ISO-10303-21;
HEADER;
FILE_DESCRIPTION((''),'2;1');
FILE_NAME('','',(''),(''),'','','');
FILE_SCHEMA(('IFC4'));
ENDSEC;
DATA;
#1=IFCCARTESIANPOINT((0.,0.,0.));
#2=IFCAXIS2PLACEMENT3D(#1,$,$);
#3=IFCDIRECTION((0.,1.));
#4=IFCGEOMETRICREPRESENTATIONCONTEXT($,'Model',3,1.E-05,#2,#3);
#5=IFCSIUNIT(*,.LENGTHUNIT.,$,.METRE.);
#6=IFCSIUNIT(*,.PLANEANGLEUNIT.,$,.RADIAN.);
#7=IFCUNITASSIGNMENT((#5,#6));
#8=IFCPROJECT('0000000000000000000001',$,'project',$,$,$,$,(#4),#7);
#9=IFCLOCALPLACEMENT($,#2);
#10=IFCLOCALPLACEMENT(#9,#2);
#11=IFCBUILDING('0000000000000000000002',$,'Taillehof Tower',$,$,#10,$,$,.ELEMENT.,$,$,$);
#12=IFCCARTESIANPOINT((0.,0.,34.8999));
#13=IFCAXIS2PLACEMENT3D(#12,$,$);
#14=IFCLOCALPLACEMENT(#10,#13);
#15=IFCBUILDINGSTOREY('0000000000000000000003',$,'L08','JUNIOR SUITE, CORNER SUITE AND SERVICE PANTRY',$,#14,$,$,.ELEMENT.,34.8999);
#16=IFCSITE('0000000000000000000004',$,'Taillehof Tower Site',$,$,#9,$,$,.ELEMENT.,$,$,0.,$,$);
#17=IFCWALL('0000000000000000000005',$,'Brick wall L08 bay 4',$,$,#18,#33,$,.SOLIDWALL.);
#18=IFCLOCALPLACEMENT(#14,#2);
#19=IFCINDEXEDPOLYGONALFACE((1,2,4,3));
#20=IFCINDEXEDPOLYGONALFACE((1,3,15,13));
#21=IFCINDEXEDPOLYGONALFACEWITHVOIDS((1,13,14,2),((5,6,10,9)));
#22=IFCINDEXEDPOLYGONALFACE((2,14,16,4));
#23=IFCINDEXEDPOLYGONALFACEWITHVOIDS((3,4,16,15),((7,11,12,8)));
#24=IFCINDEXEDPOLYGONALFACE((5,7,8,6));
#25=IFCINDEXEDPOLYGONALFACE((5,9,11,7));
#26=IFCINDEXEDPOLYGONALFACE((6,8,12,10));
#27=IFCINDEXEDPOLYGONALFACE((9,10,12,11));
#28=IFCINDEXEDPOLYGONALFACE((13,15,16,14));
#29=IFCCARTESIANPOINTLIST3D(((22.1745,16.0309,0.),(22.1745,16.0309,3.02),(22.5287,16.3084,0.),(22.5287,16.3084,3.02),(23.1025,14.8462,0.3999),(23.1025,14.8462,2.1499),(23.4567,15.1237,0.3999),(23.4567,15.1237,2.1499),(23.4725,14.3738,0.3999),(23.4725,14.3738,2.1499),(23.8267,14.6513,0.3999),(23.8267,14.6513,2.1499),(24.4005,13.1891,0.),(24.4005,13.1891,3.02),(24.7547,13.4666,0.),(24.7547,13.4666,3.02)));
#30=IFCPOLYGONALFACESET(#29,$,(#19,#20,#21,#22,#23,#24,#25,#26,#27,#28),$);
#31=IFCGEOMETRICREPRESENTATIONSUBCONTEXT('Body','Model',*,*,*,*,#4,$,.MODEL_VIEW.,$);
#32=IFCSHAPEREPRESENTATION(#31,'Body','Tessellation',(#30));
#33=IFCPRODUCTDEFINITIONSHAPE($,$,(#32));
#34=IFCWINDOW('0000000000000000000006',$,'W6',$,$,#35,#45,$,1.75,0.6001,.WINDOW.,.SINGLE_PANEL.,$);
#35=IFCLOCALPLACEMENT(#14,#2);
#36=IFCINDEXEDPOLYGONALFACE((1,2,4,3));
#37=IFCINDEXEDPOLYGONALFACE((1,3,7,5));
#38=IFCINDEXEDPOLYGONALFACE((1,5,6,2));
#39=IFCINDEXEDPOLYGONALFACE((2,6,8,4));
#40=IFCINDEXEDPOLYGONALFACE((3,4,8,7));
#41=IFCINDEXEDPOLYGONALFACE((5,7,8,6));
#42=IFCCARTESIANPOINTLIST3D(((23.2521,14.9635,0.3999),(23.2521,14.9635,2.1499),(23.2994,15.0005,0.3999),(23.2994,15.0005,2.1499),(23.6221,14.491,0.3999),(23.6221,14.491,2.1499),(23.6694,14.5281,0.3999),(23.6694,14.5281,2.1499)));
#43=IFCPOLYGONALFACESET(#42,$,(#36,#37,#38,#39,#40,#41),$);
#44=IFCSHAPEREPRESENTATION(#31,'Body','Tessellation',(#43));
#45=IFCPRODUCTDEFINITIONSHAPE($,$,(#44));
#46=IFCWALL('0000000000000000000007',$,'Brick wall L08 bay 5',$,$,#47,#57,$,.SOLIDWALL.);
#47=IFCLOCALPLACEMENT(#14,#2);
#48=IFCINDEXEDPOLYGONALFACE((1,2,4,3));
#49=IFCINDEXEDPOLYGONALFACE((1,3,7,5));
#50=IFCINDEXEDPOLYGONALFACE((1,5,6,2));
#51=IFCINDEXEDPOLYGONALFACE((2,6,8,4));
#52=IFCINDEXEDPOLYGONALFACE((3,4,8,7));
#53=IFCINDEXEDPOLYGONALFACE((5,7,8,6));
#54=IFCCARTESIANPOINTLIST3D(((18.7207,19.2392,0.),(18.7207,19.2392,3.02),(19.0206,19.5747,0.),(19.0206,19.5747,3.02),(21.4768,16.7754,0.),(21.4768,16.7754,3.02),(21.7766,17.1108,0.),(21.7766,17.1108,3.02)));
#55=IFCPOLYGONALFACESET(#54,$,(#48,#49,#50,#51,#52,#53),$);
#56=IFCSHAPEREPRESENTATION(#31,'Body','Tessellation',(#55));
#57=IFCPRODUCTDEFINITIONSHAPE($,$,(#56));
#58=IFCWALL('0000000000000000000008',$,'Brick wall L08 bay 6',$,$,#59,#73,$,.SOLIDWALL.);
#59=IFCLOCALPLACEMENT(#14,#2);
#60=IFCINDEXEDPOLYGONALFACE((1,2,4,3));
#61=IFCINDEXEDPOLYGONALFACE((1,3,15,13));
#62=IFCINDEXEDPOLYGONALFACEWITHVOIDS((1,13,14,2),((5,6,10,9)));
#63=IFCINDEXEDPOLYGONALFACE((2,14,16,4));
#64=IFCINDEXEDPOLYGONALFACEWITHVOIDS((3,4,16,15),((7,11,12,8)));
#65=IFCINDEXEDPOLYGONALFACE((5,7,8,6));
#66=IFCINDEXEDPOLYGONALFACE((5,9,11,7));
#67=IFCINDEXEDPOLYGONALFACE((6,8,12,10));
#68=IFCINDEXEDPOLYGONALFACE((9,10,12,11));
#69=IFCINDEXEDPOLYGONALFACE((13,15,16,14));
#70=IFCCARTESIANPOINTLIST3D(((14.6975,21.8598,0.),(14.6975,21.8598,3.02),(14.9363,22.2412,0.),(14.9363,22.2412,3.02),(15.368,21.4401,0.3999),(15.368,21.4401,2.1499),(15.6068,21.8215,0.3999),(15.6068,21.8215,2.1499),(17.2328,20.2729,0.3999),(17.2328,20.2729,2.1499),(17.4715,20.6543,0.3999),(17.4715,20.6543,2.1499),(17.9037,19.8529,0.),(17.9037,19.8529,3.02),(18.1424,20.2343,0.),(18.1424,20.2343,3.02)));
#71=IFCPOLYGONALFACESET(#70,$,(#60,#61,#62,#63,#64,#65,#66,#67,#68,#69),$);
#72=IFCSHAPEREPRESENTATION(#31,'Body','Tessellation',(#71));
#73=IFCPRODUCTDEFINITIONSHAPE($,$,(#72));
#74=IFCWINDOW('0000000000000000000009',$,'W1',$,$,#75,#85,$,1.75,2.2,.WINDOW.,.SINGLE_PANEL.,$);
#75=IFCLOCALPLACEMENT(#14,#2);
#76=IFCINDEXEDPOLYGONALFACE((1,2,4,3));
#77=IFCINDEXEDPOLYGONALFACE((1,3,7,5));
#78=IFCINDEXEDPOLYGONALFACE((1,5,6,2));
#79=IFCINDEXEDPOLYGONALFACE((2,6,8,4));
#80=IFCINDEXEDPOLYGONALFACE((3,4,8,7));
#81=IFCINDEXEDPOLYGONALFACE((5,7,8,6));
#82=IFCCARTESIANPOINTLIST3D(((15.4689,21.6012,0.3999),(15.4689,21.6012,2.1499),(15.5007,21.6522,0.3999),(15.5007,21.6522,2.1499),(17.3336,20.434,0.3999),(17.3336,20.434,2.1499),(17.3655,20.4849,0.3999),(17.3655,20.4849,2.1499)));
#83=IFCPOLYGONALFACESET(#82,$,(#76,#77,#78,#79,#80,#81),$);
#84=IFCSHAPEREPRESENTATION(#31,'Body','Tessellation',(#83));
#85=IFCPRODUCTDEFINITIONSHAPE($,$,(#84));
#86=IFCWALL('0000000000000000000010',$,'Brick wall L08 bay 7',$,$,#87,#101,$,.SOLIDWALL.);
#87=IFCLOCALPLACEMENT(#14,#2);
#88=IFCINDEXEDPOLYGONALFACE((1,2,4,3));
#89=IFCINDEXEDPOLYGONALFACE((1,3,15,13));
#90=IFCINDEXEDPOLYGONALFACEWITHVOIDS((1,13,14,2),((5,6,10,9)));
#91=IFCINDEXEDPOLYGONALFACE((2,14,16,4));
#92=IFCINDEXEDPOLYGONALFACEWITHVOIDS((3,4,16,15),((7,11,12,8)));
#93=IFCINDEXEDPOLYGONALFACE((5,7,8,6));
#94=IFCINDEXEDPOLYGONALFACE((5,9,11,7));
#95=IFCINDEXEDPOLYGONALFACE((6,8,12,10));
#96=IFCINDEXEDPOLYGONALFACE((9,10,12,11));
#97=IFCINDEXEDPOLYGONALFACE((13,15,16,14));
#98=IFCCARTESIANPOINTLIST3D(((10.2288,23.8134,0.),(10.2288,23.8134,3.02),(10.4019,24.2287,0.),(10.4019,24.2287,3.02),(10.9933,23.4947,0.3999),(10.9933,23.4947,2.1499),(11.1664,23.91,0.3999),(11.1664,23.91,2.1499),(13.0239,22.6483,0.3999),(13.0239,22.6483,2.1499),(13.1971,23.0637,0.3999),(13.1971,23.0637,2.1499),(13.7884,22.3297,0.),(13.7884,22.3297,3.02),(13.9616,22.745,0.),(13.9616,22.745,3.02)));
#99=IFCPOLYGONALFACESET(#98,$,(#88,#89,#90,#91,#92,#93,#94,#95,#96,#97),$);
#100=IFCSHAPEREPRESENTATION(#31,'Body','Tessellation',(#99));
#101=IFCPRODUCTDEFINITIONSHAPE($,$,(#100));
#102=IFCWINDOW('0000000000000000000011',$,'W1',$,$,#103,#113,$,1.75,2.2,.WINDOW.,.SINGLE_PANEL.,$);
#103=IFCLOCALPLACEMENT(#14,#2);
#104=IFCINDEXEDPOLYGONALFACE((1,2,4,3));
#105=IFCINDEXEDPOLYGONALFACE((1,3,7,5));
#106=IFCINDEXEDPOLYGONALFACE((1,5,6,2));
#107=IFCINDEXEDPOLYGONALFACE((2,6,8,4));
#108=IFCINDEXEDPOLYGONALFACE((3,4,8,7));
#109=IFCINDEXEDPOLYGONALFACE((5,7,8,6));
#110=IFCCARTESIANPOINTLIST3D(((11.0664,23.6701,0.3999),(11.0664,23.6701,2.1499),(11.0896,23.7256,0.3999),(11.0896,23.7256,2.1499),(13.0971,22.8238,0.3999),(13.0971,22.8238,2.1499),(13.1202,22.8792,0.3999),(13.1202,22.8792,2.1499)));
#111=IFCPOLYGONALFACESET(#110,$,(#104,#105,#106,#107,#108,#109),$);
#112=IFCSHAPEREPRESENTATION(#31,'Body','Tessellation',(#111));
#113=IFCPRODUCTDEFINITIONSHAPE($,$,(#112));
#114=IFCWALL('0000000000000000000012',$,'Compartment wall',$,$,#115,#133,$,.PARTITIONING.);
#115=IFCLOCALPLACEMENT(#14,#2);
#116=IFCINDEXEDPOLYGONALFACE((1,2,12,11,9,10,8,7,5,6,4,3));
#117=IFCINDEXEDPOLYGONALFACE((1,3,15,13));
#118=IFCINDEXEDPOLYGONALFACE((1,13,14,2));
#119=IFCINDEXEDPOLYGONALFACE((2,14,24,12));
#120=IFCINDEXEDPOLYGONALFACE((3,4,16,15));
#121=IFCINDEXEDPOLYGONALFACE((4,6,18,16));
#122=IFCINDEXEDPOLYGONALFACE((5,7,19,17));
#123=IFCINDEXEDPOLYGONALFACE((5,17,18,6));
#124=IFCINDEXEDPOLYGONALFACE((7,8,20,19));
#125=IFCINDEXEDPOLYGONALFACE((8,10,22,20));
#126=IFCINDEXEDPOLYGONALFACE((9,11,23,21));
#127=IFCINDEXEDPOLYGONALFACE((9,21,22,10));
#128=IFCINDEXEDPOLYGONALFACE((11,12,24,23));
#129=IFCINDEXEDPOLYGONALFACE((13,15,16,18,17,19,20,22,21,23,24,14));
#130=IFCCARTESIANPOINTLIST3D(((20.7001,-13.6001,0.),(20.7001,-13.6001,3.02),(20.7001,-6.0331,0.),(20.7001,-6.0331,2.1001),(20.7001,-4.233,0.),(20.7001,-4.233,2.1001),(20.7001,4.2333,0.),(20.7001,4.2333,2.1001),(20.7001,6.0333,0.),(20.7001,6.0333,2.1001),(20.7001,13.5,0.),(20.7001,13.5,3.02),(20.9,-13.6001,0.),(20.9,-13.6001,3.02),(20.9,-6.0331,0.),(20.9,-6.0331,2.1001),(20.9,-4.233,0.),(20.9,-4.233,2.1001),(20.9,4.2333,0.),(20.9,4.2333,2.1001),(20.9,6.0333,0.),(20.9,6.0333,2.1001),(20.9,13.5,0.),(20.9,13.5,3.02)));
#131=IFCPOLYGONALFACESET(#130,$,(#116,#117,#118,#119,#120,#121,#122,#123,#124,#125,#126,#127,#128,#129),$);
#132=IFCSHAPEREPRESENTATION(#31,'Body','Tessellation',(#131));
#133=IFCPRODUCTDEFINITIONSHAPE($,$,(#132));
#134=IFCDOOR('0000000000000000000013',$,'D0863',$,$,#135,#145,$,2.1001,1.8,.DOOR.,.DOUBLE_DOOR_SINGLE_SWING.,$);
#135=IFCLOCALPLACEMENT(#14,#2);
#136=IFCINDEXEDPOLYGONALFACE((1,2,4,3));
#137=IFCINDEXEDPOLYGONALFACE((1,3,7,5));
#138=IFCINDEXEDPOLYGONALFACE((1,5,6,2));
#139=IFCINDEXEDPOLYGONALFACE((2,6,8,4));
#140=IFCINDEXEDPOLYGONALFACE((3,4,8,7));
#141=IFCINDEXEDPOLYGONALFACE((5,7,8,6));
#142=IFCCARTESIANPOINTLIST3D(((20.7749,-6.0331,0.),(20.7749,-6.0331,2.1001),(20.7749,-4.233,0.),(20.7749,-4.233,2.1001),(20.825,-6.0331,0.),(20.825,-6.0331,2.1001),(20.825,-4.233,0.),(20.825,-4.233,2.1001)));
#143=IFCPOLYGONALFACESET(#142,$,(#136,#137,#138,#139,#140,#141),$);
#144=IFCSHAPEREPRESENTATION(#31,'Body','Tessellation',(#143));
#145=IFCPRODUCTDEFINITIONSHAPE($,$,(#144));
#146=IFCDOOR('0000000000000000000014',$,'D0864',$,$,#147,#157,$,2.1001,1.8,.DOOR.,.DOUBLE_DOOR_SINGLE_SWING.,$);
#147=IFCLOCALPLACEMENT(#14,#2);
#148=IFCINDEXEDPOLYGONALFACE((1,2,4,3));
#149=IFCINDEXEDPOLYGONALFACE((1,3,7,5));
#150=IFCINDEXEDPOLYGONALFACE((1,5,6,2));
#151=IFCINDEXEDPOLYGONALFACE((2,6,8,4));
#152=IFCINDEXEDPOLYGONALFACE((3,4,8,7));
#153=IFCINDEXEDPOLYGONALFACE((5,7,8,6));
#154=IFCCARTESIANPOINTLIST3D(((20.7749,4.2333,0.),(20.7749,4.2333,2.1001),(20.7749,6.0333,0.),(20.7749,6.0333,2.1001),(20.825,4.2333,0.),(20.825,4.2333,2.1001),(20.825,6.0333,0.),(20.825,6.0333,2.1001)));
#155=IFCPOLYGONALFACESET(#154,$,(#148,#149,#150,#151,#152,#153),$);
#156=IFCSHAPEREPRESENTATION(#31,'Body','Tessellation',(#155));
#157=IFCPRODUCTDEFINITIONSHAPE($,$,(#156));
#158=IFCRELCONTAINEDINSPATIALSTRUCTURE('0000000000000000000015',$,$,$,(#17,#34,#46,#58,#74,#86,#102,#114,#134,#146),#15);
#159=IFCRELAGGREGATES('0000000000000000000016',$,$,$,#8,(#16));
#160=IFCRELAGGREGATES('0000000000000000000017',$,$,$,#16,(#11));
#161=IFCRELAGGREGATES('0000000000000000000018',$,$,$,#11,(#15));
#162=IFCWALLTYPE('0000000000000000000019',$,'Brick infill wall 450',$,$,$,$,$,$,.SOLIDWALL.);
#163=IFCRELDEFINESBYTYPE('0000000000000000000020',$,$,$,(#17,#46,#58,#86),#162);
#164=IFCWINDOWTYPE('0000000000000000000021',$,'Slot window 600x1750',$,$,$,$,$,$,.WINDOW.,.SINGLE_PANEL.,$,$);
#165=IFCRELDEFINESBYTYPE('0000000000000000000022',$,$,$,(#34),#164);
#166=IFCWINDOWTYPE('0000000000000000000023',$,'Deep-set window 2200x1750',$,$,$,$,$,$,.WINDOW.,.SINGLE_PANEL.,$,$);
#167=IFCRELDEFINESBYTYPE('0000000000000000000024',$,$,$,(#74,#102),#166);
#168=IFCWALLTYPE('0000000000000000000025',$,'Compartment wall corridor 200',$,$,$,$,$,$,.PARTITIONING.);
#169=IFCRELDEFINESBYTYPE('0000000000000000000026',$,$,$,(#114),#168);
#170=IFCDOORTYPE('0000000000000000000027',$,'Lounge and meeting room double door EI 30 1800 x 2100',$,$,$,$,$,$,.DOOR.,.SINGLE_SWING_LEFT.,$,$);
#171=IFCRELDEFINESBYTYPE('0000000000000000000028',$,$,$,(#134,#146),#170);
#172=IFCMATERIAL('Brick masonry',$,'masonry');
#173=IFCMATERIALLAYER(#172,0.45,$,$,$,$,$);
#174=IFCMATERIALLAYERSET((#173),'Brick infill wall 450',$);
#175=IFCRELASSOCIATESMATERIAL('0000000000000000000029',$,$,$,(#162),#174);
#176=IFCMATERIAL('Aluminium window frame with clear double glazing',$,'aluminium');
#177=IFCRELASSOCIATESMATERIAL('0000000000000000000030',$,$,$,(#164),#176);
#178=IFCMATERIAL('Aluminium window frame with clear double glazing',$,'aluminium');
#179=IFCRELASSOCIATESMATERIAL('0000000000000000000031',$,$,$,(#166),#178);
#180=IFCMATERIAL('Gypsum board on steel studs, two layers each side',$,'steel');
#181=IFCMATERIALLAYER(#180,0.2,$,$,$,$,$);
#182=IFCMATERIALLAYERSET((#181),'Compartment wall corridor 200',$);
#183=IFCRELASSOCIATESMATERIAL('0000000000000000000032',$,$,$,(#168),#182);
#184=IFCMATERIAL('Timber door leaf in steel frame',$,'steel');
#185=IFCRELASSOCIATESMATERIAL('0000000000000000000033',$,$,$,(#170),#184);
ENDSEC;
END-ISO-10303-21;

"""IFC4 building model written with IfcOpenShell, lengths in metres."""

from ifc_helpers import new_model, si_unit, direction, frame, frame_2d, origin, place, context, subcontext, project, spatial, rectangle, extrude, material, layer, layer_set, type_object, element, fill, save


model = new_model("IFC4")

# Units and contexts
model_context = context("Model", 3, precision=1e-05, world=origin(), true_north=direction((0.0, 1.0)))
body_context = subcontext(model_context, "Body", "Model", "MODEL_VIEW")
ifc_project = project(units=[si_unit("LENGTHUNIT", "METRE"), si_unit("PLANEANGLEUNIT", "RADIAN")], contexts=[model_context])

# Site, building, storey
site_placement = place(None, origin())
site = spatial("IfcSite", under=ifc_project, at=site_placement, Name="Taillehof Tower Site", CompositionType="ELEMENT", RefElevation=0.0)
building_placement = place(site_placement, origin())
building = spatial("IfcBuilding", under=site, at=building_placement, Name="Taillehof Tower", CompositionType="ELEMENT")
storey_placement = place(building_placement, frame((0.0, 0.0, 34.8999)))
storey = spatial("IfcBuildingStorey", under=building, at=storey_placement, Name="L08", Description="JUNIOR SUITE, CORNER SUITE AND SERVICE PANTRY", CompositionType="ELEMENT", Elevation=34.8999)

# Wall, opening, window
ifc_material_1 = material(Name="Brick masonry", Category="masonry")
ifc_layer_1 = layer(ifc_material_1, 0.45)
ifc_layer_set_1 = layer_set([ifc_layer_1], Name="Brick infill wall 450")
wall_type_1 = type_object("IfcWallType", Name="Brick infill wall 450", PredefinedType="SOLIDWALL", material=ifc_layer_set_1)
wall_1_placement = place(storey_placement, frame((24.5776, 13.3279, 0.0), z_axis=(0.0, 0.0, 1.0), x_axis=(-0.616662, 0.787228, 0.0)))
wall_1 = element("IfcWall", 1, at=wall_1_placement, inside=storey, type_object=wall_type_1, Name="Brick wall L08 bay 4", PredefinedType="SOLIDWALL", context=body_context, shape_type="SweptSolid", body=[
    extrude(rectangle(XDim=3.6099, YDim=0.45, at=frame_2d((1.8049, 0.0))), origin(), (0.0, 0.0, 1.0), 3.02),
])
opening_1_placement = place(wall_1_placement, frame((1.5049, 0.0, 0.3999)))
opening_1 = element("IfcOpeningElement", 2, at=opening_1_placement, cuts=wall_1, PredefinedType="OPENING", context=body_context, shape_type="SweptSolid", body=[
    extrude(rectangle(XDim=0.6001, YDim=1.75, at=frame_2d((0.3, 0.875))), frame((0.0, 0.2349, 0.0), z_axis=(0.0, -1.0, 0.0), x_axis=(1.0, 0.0, 0.0)), (0.0, 0.0, 1.0), 0.47),
])
ifc_material_2 = material(Name="Aluminium window frame with clear double glazing", Category="aluminium")
window_type_1 = type_object("IfcWindowType", Name="Slot window 600x1750", PartitioningType="SINGLE_PANEL", PredefinedType="WINDOW", material=ifc_material_2)
window_1_placement = place(opening_1_placement, origin())
window_1 = element("IfcWindow", 3, at=window_1_placement, inside=storey, type_object=window_type_1, Name="W6", OverallHeight=1.75, OverallWidth=0.6001, PartitioningType="SINGLE_PANEL", PredefinedType="WINDOW", context=body_context, shape_type="SweptSolid", body=[
    extrude(rectangle(XDim=0.6001, YDim=1.75, at=frame_2d((0.3, 0.875))), frame((0.0, 0.0349, 0.0), z_axis=(0.0, -1.0, 0.0), x_axis=(1.0, 0.0, 0.0)), (0.0, 0.0, 1.0), 0.0601),
])
fill(opening_1, window_1)

# Wall
wall_2_placement = place(storey_placement, frame((21.6267, 16.9431, 0.0), z_axis=(0.0, 0.0, 1.0), x_axis=(-0.745526, 0.666476, 0.0)))
element("IfcWall", 4, at=wall_2_placement, inside=storey, type_object=wall_type_1, Name="Brick wall L08 bay 5", PredefinedType="SOLIDWALL", context=body_context, shape_type="SweptSolid", body=[
    extrude(rectangle(XDim=3.6968, YDim=0.45, at=frame_2d((1.8484, 0.0))), origin(), (0.0, 0.0, 1.0), 3.02),
])

# Walls, openings, windows
wall_3_placement = place(storey_placement, frame((18.0229, 20.0437, 0.0), z_axis=(0.0, 0.0, 1.0), x_axis=(-0.847635, 0.530579, 0.0)))
wall_3 = element("IfcWall", 5, at=wall_3_placement, inside=storey, type_object=wall_type_1, Name="Brick wall L08 bay 6", PredefinedType="SOLIDWALL", context=body_context, shape_type="SweptSolid", body=[
    extrude(rectangle(XDim=3.7825, YDim=0.45, at=frame_2d((1.8911, 0.0))), origin(), (0.0, 0.0, 1.0), 3.02),
])
opening_2_placement = place(wall_3_placement, frame((0.7913, 0.0, 0.3999)))
opening_2 = element("IfcOpeningElement", 6, at=opening_2_placement, cuts=wall_3, PredefinedType="OPENING", context=body_context, shape_type="SweptSolid", body=[
    extrude(rectangle(XDim=2.2, YDim=1.75, at=frame_2d((1.1001, 0.875))), frame((0.0, 0.2349, 0.0), z_axis=(0.0, -1.0, 0.0), x_axis=(1.0, 0.0, 0.0)), (0.0, 0.0, 1.0), 0.47),
])
ifc_material_3 = material(Name="Aluminium window frame with clear double glazing", Category="aluminium")
window_type_2 = type_object("IfcWindowType", Name="Deep-set window 2200x1750", PartitioningType="SINGLE_PANEL", PredefinedType="WINDOW", material=ifc_material_3)
window_2_placement = place(opening_2_placement, origin())
window_2 = element("IfcWindow", 7, at=window_2_placement, inside=storey, type_object=window_type_2, Name="W1", OverallHeight=1.75, OverallWidth=2.2, PartitioningType="SINGLE_PANEL", PredefinedType="WINDOW", context=body_context, shape_type="SweptSolid", body=[
    extrude(rectangle(XDim=2.2, YDim=1.75, at=frame_2d((1.1001, 0.875))), frame((0.0, 0.0349, 0.0), z_axis=(0.0, -1.0, 0.0), x_axis=(1.0, 0.0, 0.0)), (0.0, 0.0, 1.0), 0.0601),
])
fill(opening_2, window_2)
wall_4_placement = place(storey_placement, frame((13.875, 22.5374, 0.0), z_axis=(0.0, 0.0, 1.0), x_axis=(-0.923032, 0.384723, 0.0)))
wall_4 = element("IfcWall", 8, at=wall_4_placement, inside=storey, type_object=wall_type_1, Name="Brick wall L08 bay 7", PredefinedType="SOLIDWALL", context=body_context, shape_type="SweptSolid", body=[
    extrude(rectangle(XDim=3.8564, YDim=0.45, at=frame_2d((1.9282, 0.0))), origin(), (0.0, 0.0, 1.0), 3.02),
])
opening_3_placement = place(wall_4_placement, frame((0.8281, 0.0, 0.3999)))
opening_3 = element("IfcOpeningElement", 9, at=opening_3_placement, cuts=wall_4, PredefinedType="OPENING", context=body_context, shape_type="SweptSolid", body=[
    extrude(rectangle(XDim=2.2, YDim=1.75, at=frame_2d((1.1001, 0.875))), frame((0.0, 0.2349, 0.0), z_axis=(0.0, -1.0, 0.0), x_axis=(1.0, 0.0, 0.0)), (0.0, 0.0, 1.0), 0.47),
])
window_3_placement = place(opening_3_placement, origin())
window_3 = element("IfcWindow", 10, at=window_3_placement, inside=storey, type_object=window_type_2, Name="W1", OverallHeight=1.75, OverallWidth=2.2, PartitioningType="SINGLE_PANEL", PredefinedType="WINDOW", context=body_context, shape_type="SweptSolid", body=[
    extrude(rectangle(XDim=2.2, YDim=1.75, at=frame_2d((1.1001, 0.875))), frame((0.0, 0.0349, 0.0), z_axis=(0.0, -1.0, 0.0), x_axis=(1.0, 0.0, 0.0)), (0.0, 0.0, 1.0), 0.0601),
])
fill(opening_3, window_3)

# Wall, openings, doors
ifc_material_4 = material(Name="Gypsum board on steel studs, two layers each side", Category="steel")
ifc_layer_2 = layer(ifc_material_4, 0.2)
ifc_layer_set_2 = layer_set([ifc_layer_2], Name="Compartment wall corridor 200")
wall_type_2 = type_object("IfcWallType", Name="Compartment wall corridor 200", PredefinedType="PARTITIONING", material=ifc_layer_set_2)
wall_5_placement = place(storey_placement, frame((20.8, 13.5, 0.0), z_axis=(0.0, 0.0, 1.0), x_axis=(0.0, -1.0, 0.0)))
wall_5 = element("IfcWall", 11, at=wall_5_placement, inside=storey, type_object=wall_type_2, Name="Compartment wall", PredefinedType="PARTITIONING", context=body_context, shape_type="SweptSolid", body=[
    extrude(rectangle(XDim=27.1001, YDim=0.2, at=frame_2d((13.55, 0.0))), origin(), (0.0, 0.0, 1.0), 3.02),
])
opening_4_placement = place(wall_5_placement, frame((17.7332, 0.0, 0.0)))
opening_4 = element("IfcOpeningElement", 12, at=opening_4_placement, cuts=wall_5, PredefinedType="OPENING", context=body_context, shape_type="SweptSolid", body=[
    extrude(rectangle(XDim=1.8, YDim=2.1001, at=frame_2d((0.8999, 1.05))), frame((0.0, 0.1099, 0.0), z_axis=(0.0, -1.0, 0.0), x_axis=(1.0, 0.0, 0.0)), (0.0, 0.0, 1.0), 0.22),
])
opening_5_placement = place(wall_5_placement, frame((7.4668, 0.0, 0.0)))
opening_5 = element("IfcOpeningElement", 13, at=opening_5_placement, cuts=wall_5, PredefinedType="OPENING", context=body_context, shape_type="SweptSolid", body=[
    extrude(rectangle(XDim=1.8, YDim=2.1001, at=frame_2d((0.8999, 1.05))), frame((0.0, 0.1099, 0.0), z_axis=(0.0, -1.0, 0.0), x_axis=(1.0, 0.0, 0.0)), (0.0, 0.0, 1.0), 0.22),
])
ifc_material_5 = material(Name="Timber door leaf in steel frame", Category="steel")
door_type_1 = type_object("IfcDoorType", Name="Lounge and meeting room double door EI 30 1800 x 2100", OperationType="SINGLE_SWING_LEFT", PredefinedType="DOOR", material=ifc_material_5)
door_1_placement = place(opening_4_placement, origin())
door_1 = element("IfcDoor", 14, at=door_1_placement, inside=storey, type_object=door_type_1, Name="D0863", OperationType="DOUBLE_DOOR_SINGLE_SWING", OverallHeight=2.1001, OverallWidth=1.8, PredefinedType="DOOR", context=body_context, shape_type="SweptSolid", body=[
    extrude(rectangle(XDim=1.8, YDim=2.1001, at=frame_2d((0.8999, 1.05))), frame((0.0, 0.0249, 0.0), z_axis=(0.0, -1.0, 0.0), x_axis=(1.0, 0.0, 0.0)), (0.0, 0.0, 1.0), 0.05),
])
fill(opening_4, door_1)
door_2_placement = place(opening_5_placement, origin())
door_2 = element("IfcDoor", 15, at=door_2_placement, inside=storey, type_object=door_type_1, Name="D0864", OperationType="DOUBLE_DOOR_SINGLE_SWING", OverallHeight=2.1001, OverallWidth=1.8, PredefinedType="DOOR", context=body_context, shape_type="SweptSolid", body=[
    extrude(rectangle(XDim=1.8, YDim=2.1001, at=frame_2d((0.8999, 1.05))), frame((0.0, 0.0249, 0.0), z_axis=(0.0, -1.0, 0.0), x_axis=(1.0, 0.0, 0.0)), (0.0, 0.0, 1.0), 0.05),
])
fill(opening_5, door_2)

save(model, "model.ifc")
